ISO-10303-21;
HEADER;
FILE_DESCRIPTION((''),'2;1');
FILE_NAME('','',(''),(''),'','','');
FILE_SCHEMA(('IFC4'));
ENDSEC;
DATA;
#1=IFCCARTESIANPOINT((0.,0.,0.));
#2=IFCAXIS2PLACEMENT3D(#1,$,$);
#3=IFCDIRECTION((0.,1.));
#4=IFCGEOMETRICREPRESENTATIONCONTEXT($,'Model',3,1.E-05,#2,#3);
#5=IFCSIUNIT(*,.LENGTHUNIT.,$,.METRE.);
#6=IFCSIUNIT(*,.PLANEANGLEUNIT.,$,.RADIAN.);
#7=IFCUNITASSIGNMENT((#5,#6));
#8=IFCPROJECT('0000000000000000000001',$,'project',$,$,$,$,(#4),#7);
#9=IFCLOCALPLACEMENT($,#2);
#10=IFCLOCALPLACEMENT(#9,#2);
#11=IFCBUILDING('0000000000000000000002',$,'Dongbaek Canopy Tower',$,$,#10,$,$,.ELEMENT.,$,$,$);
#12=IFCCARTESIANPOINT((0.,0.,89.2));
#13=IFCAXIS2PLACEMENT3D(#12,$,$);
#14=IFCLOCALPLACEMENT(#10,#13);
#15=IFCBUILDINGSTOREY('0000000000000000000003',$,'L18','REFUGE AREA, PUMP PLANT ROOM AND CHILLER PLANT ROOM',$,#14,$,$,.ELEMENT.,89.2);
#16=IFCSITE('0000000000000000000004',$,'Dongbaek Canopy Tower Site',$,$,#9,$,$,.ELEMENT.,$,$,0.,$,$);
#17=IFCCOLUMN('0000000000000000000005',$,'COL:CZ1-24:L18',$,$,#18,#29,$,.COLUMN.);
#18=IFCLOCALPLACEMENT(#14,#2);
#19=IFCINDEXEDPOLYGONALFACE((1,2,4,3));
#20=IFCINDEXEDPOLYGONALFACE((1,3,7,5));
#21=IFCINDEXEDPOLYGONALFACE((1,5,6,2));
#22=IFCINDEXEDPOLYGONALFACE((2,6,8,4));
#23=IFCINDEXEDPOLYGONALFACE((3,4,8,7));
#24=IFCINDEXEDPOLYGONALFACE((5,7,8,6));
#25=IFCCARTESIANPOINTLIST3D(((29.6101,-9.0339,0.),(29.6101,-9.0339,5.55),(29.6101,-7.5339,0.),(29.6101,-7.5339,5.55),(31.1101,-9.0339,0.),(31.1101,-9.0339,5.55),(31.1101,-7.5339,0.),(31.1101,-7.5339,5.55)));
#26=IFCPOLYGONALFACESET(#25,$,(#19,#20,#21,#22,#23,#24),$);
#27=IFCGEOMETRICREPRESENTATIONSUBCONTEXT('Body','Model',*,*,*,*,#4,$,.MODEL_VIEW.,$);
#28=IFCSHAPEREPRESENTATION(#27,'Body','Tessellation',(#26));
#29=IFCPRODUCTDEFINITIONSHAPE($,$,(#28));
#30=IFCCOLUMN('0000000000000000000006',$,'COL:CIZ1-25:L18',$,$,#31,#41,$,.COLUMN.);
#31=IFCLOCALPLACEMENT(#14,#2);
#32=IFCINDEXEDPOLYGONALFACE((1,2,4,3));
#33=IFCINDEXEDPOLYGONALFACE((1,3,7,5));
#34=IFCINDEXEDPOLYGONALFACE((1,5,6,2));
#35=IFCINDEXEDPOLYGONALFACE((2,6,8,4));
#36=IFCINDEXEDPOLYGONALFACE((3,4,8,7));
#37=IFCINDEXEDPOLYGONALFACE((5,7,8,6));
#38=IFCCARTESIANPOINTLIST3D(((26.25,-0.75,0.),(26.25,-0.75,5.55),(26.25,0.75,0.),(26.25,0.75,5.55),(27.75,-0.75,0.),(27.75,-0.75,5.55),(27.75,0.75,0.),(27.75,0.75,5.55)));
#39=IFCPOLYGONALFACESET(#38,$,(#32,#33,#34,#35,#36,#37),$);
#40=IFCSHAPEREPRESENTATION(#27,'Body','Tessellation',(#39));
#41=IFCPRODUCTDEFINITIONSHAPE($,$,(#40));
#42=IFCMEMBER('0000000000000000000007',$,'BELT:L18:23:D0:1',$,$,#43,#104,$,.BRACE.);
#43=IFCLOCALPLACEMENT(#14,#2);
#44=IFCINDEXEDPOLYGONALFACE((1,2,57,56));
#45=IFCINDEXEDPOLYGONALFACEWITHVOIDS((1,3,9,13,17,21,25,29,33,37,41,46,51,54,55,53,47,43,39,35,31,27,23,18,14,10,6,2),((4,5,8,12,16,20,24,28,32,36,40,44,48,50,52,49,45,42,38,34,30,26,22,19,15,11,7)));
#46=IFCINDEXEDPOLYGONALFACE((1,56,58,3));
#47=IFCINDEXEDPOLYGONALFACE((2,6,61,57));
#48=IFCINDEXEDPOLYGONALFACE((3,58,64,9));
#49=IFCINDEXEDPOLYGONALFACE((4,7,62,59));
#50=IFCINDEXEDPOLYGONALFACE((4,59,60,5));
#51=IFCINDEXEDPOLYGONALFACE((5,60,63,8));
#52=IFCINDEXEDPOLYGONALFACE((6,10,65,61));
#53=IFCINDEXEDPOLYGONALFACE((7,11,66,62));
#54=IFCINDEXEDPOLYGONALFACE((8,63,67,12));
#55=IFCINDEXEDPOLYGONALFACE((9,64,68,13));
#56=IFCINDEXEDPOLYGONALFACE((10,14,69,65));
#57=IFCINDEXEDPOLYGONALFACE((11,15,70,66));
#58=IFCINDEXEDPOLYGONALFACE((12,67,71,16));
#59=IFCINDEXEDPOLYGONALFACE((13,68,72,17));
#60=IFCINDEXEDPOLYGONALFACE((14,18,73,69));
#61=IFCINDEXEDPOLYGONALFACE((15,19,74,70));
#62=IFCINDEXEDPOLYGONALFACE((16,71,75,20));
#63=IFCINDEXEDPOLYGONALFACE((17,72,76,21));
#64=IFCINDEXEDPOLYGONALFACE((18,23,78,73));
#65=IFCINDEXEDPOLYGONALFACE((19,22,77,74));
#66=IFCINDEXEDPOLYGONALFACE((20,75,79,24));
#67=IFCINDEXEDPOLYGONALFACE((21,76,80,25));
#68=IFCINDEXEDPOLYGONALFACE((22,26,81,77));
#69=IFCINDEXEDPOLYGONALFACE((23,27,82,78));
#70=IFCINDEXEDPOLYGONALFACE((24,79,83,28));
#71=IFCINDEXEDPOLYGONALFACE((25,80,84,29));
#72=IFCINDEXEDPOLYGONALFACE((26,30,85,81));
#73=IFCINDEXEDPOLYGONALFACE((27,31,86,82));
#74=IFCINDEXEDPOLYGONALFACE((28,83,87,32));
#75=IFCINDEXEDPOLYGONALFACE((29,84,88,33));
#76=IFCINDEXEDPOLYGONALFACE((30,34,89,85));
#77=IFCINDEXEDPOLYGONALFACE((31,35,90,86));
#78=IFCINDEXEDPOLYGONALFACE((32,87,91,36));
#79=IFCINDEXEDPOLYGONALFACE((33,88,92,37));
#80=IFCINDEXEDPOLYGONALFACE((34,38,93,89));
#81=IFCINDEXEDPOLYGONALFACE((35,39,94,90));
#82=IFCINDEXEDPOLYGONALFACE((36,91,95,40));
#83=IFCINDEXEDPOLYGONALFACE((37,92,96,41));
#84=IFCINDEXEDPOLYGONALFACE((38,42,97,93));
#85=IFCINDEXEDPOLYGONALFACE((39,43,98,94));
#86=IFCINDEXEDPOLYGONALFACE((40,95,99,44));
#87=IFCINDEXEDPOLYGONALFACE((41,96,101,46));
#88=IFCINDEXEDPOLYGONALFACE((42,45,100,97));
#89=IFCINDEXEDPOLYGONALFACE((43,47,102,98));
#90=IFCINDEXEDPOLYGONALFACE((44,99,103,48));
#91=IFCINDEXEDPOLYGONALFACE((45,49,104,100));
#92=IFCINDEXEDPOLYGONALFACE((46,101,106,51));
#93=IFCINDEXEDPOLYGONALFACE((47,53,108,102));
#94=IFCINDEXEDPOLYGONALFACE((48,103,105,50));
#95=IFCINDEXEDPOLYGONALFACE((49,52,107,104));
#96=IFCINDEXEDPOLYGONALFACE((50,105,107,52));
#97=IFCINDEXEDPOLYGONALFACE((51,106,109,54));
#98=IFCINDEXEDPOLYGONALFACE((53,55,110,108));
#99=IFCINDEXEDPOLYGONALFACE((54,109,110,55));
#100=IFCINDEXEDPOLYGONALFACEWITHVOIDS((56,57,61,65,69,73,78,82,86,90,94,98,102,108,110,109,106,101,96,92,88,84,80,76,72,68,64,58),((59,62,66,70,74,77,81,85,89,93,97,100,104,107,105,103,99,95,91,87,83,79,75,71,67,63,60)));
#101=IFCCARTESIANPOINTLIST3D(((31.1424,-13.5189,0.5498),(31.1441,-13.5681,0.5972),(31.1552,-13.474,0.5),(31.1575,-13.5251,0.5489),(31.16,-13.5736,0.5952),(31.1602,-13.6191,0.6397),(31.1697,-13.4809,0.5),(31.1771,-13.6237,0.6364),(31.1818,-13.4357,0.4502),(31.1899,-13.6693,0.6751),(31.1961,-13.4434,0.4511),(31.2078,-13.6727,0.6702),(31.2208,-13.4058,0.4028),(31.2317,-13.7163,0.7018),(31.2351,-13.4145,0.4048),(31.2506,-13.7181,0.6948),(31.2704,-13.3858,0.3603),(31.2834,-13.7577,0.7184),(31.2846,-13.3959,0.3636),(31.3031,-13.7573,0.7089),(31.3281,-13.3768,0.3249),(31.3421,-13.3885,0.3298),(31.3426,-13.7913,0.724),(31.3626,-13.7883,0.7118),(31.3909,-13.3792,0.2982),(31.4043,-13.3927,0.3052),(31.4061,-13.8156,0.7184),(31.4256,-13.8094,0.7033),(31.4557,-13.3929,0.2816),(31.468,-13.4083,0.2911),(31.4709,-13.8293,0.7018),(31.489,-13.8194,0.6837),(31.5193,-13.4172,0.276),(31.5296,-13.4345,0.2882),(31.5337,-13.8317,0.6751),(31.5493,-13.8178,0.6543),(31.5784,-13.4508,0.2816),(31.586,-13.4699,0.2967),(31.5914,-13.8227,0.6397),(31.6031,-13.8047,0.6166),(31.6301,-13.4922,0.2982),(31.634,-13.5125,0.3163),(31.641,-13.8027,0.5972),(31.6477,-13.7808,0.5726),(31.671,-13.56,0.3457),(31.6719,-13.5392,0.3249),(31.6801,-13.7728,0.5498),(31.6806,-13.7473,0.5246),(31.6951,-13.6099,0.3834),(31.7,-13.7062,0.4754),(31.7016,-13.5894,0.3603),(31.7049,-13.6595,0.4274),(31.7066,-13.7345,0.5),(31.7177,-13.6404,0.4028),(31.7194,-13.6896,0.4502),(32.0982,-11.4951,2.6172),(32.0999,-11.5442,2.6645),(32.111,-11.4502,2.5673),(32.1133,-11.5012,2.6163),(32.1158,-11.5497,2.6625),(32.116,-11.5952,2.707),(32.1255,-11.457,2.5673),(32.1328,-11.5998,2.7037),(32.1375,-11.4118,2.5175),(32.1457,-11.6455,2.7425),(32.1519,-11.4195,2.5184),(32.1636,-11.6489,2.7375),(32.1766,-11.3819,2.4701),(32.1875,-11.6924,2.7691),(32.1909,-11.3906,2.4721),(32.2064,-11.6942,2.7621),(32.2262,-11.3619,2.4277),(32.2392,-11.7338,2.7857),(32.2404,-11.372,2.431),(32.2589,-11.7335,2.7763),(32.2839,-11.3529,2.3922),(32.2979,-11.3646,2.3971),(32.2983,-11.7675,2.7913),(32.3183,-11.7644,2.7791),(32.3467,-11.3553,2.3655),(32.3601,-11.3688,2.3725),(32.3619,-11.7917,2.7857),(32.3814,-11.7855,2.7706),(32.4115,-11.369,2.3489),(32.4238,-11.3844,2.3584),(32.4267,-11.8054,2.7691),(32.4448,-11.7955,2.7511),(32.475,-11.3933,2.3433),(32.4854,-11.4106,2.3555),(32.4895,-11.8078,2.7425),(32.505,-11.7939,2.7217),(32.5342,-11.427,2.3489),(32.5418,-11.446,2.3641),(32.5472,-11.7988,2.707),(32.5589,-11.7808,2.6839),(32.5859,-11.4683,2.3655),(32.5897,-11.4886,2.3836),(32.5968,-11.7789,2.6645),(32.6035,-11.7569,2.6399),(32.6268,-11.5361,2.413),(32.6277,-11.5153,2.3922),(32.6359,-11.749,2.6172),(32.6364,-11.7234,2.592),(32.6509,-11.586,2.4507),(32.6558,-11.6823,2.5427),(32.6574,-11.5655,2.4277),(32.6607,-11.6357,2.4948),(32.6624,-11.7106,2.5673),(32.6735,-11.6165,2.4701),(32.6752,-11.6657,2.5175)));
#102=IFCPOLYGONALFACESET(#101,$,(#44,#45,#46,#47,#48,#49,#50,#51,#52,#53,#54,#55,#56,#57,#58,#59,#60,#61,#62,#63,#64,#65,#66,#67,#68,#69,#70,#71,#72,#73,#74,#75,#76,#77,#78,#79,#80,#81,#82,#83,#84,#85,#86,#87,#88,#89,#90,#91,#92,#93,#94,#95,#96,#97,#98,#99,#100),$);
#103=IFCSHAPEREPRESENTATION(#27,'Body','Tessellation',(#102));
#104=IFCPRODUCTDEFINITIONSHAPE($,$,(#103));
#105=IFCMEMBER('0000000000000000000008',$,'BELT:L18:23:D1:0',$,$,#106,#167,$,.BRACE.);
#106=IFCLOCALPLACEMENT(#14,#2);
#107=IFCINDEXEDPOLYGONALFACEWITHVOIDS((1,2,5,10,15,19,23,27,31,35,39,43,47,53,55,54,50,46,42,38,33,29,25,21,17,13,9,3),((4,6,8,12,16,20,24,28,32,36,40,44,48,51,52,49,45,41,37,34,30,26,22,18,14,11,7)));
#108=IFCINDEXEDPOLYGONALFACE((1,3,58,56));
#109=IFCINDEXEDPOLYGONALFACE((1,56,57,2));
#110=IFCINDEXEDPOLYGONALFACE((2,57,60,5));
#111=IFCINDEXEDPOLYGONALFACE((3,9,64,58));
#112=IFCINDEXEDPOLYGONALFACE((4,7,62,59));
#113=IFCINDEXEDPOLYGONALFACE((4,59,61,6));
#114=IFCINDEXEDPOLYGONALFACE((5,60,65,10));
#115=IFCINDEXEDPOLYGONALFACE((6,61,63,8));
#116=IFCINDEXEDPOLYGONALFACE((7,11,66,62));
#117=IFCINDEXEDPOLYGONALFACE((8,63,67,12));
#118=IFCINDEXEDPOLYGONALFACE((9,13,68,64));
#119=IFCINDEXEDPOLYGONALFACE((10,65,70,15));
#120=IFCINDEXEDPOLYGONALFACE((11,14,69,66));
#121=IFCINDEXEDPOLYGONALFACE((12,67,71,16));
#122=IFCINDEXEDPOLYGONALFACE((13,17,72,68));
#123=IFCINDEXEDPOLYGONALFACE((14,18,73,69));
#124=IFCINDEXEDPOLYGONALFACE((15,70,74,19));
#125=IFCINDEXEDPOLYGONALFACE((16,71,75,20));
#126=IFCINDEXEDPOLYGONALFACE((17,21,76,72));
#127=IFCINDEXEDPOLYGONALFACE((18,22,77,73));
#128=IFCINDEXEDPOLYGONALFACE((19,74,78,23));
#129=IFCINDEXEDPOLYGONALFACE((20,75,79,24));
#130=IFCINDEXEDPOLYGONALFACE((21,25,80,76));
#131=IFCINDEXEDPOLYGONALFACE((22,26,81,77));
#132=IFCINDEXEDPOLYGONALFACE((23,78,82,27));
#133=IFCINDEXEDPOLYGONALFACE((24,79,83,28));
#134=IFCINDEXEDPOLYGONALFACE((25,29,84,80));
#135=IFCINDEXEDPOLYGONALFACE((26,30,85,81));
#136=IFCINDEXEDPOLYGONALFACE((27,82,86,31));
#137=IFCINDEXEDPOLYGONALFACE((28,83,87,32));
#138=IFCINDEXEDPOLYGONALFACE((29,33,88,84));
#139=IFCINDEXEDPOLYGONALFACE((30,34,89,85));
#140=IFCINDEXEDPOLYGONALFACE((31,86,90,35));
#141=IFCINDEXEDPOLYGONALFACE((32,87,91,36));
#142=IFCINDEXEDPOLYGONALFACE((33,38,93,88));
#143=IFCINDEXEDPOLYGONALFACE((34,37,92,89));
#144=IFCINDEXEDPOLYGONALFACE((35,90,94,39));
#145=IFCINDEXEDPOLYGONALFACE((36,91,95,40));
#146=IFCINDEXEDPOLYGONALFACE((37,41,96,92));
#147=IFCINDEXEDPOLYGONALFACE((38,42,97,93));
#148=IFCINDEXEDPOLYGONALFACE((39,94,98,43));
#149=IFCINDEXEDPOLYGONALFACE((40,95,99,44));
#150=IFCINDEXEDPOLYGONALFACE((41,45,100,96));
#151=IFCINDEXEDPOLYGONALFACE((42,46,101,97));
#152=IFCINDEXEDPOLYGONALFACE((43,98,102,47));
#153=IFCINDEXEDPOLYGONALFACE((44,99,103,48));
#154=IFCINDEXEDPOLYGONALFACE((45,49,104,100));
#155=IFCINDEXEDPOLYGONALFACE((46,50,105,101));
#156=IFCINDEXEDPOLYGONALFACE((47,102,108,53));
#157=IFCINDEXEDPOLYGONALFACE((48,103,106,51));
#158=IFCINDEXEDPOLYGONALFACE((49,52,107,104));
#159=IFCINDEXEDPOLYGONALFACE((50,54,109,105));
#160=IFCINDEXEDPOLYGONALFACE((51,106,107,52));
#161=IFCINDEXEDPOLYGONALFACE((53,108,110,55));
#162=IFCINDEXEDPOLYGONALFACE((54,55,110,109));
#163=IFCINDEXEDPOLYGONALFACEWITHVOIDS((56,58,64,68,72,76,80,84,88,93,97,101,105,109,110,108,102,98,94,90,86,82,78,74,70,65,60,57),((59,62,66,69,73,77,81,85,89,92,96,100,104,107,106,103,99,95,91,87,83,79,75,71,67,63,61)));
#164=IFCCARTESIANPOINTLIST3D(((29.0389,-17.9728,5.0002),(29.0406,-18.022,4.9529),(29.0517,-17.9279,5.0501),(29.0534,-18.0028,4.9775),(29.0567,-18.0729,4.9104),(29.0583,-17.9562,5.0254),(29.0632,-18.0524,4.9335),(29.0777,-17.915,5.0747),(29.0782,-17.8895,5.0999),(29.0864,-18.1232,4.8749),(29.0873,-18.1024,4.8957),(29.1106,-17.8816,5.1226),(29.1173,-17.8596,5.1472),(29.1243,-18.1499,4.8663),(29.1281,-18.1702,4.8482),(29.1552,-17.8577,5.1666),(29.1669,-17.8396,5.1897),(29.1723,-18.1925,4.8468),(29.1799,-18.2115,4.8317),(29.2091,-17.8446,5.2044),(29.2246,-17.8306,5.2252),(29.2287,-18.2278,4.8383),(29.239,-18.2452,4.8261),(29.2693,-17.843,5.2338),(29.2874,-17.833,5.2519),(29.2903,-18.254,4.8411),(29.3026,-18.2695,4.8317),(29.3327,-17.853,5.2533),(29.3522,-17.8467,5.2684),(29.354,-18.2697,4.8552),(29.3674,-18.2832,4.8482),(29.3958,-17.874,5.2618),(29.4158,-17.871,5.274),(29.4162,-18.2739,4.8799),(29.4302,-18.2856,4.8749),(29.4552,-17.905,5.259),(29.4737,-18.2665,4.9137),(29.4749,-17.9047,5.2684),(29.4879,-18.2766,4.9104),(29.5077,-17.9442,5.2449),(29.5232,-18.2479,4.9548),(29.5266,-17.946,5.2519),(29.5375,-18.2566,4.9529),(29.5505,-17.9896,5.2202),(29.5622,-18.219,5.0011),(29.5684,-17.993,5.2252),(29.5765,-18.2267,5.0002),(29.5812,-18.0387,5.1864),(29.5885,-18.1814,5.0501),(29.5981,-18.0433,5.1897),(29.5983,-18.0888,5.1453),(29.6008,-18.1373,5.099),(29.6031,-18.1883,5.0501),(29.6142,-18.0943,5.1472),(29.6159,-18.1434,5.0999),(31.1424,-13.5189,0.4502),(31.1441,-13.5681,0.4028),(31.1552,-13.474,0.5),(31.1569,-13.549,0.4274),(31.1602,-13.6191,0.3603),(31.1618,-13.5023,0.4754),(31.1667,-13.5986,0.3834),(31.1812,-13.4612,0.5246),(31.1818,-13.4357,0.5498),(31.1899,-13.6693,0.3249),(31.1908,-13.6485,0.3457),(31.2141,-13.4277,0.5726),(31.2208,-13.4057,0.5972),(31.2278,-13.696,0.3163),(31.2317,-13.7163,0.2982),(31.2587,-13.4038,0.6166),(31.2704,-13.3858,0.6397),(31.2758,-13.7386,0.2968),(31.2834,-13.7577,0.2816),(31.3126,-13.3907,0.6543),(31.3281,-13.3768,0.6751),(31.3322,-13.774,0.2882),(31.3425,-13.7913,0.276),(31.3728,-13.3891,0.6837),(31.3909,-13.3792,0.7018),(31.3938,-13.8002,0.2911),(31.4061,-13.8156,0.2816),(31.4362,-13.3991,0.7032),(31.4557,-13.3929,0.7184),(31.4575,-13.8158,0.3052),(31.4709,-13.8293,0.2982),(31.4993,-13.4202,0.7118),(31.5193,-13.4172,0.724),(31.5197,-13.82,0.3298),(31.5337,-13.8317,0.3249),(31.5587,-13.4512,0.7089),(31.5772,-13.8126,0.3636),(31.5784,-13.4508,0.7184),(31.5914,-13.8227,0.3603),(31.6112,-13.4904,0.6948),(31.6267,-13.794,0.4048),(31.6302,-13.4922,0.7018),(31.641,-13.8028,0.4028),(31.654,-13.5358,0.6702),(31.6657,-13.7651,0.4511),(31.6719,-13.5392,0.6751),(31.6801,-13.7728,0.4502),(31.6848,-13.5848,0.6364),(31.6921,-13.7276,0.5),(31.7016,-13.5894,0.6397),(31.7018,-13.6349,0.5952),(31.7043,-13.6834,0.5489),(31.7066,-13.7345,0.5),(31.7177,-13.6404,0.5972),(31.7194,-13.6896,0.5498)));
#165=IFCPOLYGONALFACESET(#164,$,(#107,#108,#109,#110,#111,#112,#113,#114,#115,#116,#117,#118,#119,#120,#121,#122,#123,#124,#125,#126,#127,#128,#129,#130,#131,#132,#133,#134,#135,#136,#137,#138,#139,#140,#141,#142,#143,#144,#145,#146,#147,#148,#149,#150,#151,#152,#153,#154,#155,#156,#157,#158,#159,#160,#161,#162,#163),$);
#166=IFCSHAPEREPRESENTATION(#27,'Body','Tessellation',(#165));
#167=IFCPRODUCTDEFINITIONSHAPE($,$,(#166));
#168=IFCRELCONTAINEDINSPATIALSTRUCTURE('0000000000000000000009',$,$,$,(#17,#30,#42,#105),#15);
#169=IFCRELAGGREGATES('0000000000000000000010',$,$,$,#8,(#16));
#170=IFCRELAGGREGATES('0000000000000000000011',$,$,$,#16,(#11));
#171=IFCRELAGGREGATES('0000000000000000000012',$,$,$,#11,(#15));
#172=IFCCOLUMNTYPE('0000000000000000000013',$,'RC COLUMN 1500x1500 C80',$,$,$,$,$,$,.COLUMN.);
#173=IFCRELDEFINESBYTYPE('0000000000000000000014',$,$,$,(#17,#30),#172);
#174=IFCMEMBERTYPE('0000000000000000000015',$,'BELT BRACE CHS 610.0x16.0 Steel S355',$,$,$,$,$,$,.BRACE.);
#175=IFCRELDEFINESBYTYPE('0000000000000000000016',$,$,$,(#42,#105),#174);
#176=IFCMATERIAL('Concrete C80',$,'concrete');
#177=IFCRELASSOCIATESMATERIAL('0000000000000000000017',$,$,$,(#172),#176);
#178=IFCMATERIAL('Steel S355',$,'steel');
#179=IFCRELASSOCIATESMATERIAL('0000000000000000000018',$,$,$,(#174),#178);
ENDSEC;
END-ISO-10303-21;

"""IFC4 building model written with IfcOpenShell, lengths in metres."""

from ifc_helpers import new_model, si_unit, direction, frame, origin, origin_2d, place, context, subcontext, project, spatial, rectangle, hollow_circle, extrude, material, material_profile, profile_set, type_object, element, save


model = new_model("IFC4")

# Units and contexts
model_context = context("Model", 3, precision=1e-05, world=origin(), true_north=direction((0.0, 1.0)))
body_context = subcontext(model_context, "Body", "Model", "MODEL_VIEW")
ifc_project = project(units=[si_unit("LENGTHUNIT", "METRE"), si_unit("PLANEANGLEUNIT", "RADIAN")], contexts=[model_context])

# Site, building, storey
site_placement = place(None, origin())
site = spatial("IfcSite", under=ifc_project, at=site_placement, Name="Dongbaek Canopy Tower Site", CompositionType="ELEMENT", RefElevation=0.0)
building_placement = place(site_placement, origin())
building = spatial("IfcBuilding", under=site, at=building_placement, Name="Dongbaek Canopy Tower", CompositionType="ELEMENT")
storey_placement = place(building_placement, frame((0.0, 0.0, 89.2)))
storey = spatial("IfcBuildingStorey", under=building, at=storey_placement, Name="L18", Description="REFUGE AREA, PUMP PLANT ROOM AND CHILLER PLANT ROOM", CompositionType="ELEMENT", Elevation=89.2)

# Columns
ifc_material_1 = material(Name="Concrete C80", Category="concrete")
ifc_material_profile_1 = material_profile(ifc_material_1, rectangle(XDim=1.5, YDim=1.5, at=origin_2d()), Name="RC COLUMN 1500x1500 C80")
ifc_profile_set_1 = profile_set([ifc_material_profile_1], Name="Concrete C80")
column_type = type_object("IfcColumnType", Name="RC COLUMN 1500x1500 C80", PredefinedType="COLUMN", material=ifc_profile_set_1)
for number, where, z_axis, x_axis, name in (
    (1, (30.3601, -8.2839, 0.0), (0.0, 0.0, 1.0), (1.0, 0.0, 0.0), "COL:CZ1-24:L18"),
    (2, (27.0, 0.0, 0.0), (0.0, 0.0, 1.0), (1.0, 0.0, 0.0), "COL:CIZ1-25:L18"),
):
    element("IfcColumn", number, at=place(storey_placement, frame(where, z_axis=z_axis, x_axis=x_axis)), inside=storey, type_object=column_type, Name=name, PredefinedType="COLUMN", context=body_context, shape_type="SweptSolid", body=[
        extrude(rectangle(XDim=1.5, YDim=1.5, at=origin_2d()), origin(), (0.0, 0.0, 1.0), 5.55),
    ])

# Members
ifc_material_2 = material(Name="Steel S355", Category="steel")
ifc_material_profile_2 = material_profile(ifc_material_2, hollow_circle(Radius=0.3049, WallThickness=0.0161, at=origin_2d()), Name="BELT BRACE CHS 610.0x16.0 Steel S355")
ifc_profile_set_2 = profile_set([ifc_material_profile_2], Name="Steel S355")
member_type_1 = type_object("IfcMemberType", Name="BELT BRACE CHS 610.0x16.0 Steel S355", PredefinedType="BRACE", material=ifc_profile_set_2)
member_1_placement = place(storey_placement, frame((31.4309, -13.6042, 0.5), z_axis=(0.313694, 0.664246, 0.678508), x_axis=(-0.904237, 0.427031, 0.0)))
element("IfcMember", 3, at=member_1_placement, inside=storey, type_object=member_type_1, Name="BELT:L18:23:D0:1", PredefinedType="BRACE", context=body_context, shape_type="SweptSolid", body=[
    extrude(hollow_circle(Radius=0.3049, WallThickness=0.0161, at=origin_2d()), origin(), (0.0, 0.0, 1.0), 3.0469),
])
member_2_placement = place(storey_placement, frame((31.4309, -13.6042, 0.5), z_axis=(-0.313697, -0.664203, 0.678548), x_axis=(0.904225, -0.427057, 0.0)))
element("IfcMember", 4, at=member_2_placement, inside=storey, type_object=member_type_1, Name="BELT:L18:23:D1:0", PredefinedType="BRACE", context=body_context, shape_type="SweptSolid", body=[
    extrude(hollow_circle(Radius=0.3049, WallThickness=0.0161, at=origin_2d()), origin(), (0.0, 0.0, 1.0), 6.7056),
])

save(model, "model.ifc")
